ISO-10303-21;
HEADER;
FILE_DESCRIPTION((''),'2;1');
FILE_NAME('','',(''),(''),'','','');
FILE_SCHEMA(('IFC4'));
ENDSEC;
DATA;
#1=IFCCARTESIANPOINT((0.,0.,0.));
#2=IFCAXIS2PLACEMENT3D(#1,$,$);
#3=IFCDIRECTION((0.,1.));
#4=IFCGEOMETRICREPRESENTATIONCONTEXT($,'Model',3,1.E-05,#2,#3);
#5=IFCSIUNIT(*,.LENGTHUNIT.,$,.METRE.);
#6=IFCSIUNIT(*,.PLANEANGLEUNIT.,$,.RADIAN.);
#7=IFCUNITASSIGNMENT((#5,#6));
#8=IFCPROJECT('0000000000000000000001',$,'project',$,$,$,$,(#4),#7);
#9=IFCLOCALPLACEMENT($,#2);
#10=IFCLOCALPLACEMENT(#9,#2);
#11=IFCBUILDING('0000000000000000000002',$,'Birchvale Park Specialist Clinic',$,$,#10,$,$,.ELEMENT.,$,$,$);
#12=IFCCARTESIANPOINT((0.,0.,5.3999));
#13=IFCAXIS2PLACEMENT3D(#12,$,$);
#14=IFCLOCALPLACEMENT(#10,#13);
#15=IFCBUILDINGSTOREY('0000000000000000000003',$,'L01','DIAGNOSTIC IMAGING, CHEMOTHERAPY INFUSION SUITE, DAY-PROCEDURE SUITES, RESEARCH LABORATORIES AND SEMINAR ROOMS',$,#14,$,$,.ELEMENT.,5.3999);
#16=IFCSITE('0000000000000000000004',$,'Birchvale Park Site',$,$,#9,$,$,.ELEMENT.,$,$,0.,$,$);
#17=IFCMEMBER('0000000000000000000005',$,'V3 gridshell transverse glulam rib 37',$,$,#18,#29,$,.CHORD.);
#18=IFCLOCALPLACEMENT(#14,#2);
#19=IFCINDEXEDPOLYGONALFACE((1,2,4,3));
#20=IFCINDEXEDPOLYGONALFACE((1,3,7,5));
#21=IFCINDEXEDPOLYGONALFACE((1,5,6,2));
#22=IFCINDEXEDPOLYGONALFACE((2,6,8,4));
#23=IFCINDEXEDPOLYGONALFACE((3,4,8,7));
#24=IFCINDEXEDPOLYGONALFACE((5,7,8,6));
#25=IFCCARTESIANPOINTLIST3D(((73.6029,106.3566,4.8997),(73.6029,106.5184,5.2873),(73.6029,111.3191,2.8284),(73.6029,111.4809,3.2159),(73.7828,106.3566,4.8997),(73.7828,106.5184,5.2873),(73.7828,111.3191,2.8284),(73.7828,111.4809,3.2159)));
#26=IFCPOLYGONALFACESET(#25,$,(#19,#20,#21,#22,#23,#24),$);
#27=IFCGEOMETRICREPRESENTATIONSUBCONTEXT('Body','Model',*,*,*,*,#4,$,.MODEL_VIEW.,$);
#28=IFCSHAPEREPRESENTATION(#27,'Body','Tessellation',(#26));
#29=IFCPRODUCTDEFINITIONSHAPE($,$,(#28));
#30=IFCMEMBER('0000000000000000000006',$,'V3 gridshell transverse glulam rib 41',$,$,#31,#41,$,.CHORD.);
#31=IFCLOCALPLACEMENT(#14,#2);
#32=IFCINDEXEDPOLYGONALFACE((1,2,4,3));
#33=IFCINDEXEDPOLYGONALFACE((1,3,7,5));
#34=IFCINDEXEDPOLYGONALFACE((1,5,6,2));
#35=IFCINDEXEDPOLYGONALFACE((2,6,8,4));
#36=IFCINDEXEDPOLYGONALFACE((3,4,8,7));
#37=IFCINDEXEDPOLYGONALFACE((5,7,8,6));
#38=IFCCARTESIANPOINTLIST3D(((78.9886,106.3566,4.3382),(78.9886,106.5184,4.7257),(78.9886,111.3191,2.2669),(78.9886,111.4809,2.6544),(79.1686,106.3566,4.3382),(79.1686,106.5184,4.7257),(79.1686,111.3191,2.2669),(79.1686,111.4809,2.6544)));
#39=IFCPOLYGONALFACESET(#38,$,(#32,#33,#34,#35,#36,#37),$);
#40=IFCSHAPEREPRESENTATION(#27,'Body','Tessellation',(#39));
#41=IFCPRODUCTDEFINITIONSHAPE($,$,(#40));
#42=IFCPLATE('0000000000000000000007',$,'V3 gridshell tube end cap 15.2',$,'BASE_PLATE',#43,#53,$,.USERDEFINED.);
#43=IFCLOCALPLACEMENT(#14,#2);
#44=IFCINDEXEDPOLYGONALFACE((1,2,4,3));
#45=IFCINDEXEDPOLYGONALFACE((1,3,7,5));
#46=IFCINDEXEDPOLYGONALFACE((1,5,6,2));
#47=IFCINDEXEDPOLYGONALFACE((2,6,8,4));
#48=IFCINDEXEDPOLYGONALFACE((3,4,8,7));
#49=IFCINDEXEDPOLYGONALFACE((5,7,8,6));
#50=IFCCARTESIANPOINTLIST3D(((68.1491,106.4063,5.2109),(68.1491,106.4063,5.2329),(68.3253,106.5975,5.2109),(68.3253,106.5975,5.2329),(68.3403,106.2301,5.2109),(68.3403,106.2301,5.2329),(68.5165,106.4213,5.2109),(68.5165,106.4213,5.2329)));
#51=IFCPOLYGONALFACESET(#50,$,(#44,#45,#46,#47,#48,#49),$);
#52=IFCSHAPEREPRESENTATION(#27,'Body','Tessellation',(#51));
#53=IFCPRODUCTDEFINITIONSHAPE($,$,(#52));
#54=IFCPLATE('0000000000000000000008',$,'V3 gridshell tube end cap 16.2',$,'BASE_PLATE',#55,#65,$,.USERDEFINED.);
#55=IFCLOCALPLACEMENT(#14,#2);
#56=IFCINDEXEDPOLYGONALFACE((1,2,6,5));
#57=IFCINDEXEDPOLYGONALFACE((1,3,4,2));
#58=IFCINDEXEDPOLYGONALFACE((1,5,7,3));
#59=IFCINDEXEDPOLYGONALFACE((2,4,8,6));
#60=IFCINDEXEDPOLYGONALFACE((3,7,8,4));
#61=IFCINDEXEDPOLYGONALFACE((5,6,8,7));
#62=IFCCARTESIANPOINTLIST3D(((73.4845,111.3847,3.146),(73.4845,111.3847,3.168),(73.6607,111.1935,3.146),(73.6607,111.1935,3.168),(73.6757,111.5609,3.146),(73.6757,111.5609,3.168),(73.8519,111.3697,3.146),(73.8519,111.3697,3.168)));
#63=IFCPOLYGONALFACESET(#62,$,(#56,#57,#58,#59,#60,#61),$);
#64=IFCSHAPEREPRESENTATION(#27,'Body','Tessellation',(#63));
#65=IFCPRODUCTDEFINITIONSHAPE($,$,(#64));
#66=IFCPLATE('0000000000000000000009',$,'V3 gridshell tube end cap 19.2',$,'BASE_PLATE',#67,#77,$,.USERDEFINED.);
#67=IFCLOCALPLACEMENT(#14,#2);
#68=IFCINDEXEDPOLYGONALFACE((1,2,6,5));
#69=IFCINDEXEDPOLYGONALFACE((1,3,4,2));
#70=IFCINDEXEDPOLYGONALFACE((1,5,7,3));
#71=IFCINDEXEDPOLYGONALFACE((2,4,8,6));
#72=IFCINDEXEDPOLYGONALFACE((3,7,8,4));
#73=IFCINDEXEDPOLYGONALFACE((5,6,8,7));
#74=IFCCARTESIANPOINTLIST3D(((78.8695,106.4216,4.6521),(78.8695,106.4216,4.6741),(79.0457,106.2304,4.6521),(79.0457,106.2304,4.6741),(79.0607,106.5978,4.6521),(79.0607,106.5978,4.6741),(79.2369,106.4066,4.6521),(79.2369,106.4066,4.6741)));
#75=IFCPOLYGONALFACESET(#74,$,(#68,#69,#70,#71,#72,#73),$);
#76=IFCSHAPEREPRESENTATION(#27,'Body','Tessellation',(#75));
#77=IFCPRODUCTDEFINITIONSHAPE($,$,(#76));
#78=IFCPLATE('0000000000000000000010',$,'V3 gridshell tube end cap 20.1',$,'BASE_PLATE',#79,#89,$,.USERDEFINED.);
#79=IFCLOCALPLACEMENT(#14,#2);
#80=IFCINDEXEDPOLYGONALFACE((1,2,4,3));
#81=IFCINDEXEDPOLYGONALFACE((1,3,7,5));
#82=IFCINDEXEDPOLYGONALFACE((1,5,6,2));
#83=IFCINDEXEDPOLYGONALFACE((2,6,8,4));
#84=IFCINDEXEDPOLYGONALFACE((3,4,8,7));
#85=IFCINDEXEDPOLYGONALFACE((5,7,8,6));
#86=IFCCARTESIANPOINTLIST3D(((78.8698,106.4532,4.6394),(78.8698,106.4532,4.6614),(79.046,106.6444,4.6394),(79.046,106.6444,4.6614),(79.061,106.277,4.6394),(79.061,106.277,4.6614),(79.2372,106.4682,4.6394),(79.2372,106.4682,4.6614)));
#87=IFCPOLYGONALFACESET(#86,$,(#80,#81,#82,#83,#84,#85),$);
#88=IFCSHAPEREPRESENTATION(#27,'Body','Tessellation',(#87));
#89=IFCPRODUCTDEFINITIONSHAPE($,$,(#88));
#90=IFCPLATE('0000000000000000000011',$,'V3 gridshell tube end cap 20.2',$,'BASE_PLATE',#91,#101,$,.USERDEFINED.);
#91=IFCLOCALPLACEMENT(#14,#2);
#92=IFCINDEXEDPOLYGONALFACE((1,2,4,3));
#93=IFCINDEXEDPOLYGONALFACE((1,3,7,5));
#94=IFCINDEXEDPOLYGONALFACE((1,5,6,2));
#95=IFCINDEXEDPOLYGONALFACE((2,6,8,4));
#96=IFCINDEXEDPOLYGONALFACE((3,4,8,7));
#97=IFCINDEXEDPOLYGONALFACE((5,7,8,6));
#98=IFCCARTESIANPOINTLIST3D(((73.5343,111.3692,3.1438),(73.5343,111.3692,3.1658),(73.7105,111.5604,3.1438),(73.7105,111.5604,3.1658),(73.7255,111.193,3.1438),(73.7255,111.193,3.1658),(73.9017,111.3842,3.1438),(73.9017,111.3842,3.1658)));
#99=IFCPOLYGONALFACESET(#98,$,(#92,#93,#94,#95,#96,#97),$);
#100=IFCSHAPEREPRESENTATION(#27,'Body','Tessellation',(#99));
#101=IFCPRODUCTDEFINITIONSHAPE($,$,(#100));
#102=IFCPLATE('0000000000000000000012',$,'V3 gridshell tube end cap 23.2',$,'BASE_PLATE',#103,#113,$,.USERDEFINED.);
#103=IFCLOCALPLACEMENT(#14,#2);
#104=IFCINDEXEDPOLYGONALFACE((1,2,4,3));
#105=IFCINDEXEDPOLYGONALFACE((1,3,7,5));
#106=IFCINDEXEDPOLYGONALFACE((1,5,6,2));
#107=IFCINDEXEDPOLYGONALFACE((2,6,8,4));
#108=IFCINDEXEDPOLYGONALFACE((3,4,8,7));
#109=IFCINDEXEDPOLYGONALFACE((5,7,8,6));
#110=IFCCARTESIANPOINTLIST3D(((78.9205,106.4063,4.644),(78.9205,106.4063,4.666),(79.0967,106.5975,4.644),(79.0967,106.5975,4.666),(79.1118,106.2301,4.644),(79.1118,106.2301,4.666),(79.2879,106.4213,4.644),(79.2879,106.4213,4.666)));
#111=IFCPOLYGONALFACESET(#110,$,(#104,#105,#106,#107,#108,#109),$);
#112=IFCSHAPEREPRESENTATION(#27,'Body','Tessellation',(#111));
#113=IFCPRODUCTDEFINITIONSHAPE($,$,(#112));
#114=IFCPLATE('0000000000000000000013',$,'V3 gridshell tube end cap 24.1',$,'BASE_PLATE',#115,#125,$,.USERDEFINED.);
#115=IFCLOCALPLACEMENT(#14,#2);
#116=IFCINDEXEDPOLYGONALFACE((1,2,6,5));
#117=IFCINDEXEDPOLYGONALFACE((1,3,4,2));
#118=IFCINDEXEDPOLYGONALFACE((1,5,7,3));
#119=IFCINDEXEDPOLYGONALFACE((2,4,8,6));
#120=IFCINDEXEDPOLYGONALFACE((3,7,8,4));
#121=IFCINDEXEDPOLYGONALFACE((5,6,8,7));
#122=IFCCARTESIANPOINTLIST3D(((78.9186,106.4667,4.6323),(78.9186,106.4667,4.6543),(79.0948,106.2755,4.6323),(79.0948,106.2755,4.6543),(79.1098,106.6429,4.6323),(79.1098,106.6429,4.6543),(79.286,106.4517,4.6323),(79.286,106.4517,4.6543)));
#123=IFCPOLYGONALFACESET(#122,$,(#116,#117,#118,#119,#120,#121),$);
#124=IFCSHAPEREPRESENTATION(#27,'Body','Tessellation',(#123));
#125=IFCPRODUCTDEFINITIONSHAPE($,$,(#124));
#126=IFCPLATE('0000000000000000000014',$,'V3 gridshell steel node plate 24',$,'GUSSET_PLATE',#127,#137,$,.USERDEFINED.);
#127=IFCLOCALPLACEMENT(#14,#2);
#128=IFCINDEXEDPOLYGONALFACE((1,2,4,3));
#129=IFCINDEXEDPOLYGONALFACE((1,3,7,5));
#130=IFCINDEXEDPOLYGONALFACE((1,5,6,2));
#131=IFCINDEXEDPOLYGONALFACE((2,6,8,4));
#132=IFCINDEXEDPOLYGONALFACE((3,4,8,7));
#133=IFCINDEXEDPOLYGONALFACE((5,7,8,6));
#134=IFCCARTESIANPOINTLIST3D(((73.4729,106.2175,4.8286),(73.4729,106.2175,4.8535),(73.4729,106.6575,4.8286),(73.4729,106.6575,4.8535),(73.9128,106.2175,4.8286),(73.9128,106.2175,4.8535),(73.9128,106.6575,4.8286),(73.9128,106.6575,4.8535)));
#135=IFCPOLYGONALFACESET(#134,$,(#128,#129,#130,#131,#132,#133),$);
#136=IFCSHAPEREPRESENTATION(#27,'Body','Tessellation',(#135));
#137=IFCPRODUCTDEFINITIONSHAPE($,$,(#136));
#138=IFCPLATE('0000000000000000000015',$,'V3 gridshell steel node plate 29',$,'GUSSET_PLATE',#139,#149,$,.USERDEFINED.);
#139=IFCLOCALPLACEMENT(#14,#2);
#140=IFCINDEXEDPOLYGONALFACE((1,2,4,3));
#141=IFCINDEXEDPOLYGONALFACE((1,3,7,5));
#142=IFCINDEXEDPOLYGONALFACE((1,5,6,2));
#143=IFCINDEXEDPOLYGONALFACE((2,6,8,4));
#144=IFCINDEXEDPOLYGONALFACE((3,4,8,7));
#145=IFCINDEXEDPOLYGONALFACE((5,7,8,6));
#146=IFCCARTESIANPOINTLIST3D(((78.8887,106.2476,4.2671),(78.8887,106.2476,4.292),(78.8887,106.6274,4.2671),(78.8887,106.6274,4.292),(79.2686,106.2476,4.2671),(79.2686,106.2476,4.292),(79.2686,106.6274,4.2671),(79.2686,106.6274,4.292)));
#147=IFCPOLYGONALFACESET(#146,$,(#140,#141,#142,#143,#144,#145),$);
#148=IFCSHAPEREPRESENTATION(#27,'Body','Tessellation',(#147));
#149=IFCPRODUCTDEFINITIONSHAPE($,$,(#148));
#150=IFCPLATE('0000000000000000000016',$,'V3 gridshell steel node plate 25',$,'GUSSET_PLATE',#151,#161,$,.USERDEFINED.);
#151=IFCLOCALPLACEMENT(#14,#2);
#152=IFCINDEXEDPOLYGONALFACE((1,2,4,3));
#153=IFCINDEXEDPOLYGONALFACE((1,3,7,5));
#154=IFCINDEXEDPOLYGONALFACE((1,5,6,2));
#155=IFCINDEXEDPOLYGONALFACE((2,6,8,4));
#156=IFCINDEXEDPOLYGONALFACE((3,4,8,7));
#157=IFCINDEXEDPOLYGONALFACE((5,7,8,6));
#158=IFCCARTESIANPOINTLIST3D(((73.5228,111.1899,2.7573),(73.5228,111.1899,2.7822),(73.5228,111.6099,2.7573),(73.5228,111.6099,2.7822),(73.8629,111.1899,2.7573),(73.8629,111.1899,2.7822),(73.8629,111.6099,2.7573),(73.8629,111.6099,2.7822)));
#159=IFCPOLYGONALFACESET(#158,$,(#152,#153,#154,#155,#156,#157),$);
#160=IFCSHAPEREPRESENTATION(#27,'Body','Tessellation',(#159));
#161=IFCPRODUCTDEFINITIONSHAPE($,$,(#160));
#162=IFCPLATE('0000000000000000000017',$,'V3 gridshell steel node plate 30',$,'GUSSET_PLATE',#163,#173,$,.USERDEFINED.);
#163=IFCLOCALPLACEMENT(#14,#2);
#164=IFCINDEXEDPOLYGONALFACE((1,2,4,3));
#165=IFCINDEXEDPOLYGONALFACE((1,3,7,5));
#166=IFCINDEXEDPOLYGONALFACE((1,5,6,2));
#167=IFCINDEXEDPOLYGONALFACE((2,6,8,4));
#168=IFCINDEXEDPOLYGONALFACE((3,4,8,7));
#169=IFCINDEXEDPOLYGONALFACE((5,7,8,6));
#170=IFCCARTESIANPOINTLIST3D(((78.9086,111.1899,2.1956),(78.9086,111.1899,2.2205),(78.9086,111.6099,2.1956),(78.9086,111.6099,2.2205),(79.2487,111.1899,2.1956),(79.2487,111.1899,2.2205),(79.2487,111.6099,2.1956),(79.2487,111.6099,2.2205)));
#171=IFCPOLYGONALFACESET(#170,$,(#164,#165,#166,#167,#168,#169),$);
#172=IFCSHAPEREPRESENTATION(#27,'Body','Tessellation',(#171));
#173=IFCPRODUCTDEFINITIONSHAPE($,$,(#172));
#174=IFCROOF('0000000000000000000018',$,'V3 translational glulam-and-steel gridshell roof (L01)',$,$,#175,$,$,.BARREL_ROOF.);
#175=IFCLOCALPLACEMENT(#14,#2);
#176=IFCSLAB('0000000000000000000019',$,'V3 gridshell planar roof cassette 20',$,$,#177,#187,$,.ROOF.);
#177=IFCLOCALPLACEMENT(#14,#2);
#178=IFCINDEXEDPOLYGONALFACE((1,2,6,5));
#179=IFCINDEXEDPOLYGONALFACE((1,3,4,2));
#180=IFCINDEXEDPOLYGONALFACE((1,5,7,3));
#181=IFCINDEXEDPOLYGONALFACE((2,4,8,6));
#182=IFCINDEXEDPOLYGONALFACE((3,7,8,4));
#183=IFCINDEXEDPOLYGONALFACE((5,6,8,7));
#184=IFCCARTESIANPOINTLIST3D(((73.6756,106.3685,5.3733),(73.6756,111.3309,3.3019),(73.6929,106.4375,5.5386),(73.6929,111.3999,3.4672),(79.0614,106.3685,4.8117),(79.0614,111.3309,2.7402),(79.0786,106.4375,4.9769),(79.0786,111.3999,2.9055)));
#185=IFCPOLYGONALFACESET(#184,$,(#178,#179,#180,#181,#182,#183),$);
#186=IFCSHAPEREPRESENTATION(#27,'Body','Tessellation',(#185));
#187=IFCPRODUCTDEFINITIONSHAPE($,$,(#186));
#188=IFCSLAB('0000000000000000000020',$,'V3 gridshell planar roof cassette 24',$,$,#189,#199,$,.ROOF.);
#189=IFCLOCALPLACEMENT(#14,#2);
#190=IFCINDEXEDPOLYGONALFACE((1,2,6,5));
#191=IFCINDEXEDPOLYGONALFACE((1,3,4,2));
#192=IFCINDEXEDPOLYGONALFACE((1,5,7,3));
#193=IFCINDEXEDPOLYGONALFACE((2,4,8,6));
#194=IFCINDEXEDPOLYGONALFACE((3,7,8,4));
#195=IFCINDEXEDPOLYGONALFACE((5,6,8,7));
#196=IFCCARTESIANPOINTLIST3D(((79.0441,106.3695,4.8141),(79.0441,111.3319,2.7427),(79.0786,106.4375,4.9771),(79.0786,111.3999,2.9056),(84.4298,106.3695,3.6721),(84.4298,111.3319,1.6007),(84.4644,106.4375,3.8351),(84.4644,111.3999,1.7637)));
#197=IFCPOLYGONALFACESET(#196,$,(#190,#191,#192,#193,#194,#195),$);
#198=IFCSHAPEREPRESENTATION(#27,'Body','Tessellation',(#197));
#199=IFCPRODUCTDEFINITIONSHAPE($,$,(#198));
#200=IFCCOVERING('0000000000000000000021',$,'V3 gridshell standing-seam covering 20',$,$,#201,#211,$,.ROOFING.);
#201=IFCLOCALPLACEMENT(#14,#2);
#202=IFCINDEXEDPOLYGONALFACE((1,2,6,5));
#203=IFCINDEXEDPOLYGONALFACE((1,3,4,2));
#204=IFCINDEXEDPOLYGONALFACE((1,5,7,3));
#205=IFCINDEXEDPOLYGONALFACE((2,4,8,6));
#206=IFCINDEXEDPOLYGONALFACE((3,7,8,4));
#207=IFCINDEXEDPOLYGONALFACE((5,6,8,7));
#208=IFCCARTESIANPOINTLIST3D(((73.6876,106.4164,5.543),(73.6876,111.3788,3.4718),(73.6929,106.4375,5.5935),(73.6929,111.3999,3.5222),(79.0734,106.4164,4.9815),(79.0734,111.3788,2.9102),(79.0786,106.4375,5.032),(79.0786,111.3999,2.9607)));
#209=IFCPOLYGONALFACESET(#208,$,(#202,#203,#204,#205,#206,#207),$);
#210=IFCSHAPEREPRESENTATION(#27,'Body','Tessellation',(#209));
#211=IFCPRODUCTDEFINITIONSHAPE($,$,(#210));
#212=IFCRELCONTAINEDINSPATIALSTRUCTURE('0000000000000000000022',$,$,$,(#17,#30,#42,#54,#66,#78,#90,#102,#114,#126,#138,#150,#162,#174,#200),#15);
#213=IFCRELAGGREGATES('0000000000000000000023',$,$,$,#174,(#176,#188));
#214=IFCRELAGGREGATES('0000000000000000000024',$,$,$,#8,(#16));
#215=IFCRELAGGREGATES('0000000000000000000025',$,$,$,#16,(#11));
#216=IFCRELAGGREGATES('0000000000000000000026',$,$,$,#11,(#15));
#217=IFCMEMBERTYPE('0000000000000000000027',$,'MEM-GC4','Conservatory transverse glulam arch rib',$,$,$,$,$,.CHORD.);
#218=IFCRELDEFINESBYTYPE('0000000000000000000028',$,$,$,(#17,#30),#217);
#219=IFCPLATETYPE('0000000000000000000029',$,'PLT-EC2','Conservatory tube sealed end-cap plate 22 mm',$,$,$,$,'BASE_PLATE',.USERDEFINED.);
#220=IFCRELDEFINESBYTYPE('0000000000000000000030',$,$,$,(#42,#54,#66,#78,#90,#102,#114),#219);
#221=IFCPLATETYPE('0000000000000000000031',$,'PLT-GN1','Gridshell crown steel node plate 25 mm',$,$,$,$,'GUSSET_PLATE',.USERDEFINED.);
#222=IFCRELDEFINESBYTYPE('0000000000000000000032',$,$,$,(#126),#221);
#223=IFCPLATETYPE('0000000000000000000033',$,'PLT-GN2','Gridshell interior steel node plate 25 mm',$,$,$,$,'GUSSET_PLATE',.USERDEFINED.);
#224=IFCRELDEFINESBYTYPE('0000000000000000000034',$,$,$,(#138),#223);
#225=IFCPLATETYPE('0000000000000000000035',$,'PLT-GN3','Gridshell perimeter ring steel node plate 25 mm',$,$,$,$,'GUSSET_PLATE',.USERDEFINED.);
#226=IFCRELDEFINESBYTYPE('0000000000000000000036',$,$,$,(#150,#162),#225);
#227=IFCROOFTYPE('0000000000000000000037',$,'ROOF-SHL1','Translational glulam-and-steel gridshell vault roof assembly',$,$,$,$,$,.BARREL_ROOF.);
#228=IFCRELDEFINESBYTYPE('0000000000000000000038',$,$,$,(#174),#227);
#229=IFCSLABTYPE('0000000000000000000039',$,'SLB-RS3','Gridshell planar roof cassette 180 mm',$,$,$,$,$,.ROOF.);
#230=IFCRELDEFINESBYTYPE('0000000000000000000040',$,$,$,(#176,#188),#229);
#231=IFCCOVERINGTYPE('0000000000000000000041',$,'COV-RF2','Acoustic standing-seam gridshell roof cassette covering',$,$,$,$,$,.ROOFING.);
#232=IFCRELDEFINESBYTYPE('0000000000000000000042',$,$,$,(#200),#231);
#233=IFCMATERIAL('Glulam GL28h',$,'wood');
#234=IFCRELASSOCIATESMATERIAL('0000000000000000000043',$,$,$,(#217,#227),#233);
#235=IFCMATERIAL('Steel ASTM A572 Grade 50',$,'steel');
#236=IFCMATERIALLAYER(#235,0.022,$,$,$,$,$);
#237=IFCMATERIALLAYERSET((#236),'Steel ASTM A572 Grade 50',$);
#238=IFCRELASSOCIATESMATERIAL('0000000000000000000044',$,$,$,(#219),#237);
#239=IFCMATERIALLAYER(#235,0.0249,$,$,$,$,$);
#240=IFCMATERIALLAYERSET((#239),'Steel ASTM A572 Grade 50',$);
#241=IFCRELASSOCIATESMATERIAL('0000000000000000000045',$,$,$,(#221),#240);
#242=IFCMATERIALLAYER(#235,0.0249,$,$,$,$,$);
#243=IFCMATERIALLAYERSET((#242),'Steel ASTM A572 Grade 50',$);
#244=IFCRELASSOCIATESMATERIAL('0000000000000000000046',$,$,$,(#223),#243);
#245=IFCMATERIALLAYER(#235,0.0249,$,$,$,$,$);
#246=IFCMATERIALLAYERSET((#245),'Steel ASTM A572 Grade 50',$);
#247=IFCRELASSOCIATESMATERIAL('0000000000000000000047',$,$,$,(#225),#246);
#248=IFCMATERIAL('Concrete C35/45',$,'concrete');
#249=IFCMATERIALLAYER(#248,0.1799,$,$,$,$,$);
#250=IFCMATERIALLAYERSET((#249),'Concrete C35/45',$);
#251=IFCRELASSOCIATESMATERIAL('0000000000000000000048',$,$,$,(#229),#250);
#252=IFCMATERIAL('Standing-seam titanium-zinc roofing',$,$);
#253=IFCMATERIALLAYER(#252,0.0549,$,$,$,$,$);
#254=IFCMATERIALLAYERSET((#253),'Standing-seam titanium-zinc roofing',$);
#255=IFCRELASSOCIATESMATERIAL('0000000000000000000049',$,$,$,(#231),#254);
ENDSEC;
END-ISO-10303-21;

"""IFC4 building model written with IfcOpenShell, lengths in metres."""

from ifc_helpers import new_model, si_unit, direction, frame, origin, origin_2d, place, context, subcontext, project, spatial, polyline, rectangle, outline, extrude, material, layer, layer_set, material_profile, profile_set, type_object, element, aggregate, save


model = new_model("IFC4")

# Units and contexts
model_context = context("Model", 3, precision=1e-05, world=origin(), true_north=direction((0.0, 1.0)))
body_context = subcontext(model_context, "Body", "Model", "MODEL_VIEW")
ifc_project = project(units=[si_unit("LENGTHUNIT", "METRE"), si_unit("PLANEANGLEUNIT", "RADIAN")], contexts=[model_context])

# Site, building, storey
site_placement = place(None, origin())
site = spatial("IfcSite", under=ifc_project, at=site_placement, Name="Birchvale Park Site", CompositionType="ELEMENT", RefElevation=0.0)
building_placement = place(site_placement, origin())
building = spatial("IfcBuilding", under=site, at=building_placement, Name="Birchvale Park Specialist Clinic", CompositionType="ELEMENT")
storey_placement = place(building_placement, frame((0.0, 0.0, 5.3999)))
storey = spatial("IfcBuildingStorey", under=building, at=storey_placement, Name="L01", Description="DIAGNOSTIC IMAGING, CHEMOTHERAPY INFUSION SUITE, DAY-PROCEDURE SUITES, RESEARCH LABORATORIES AND SEMINAR ROOMS", CompositionType="ELEMENT", Elevation=5.3999)

# Members
ifc_material_1 = material(Name="Glulam GL28h", Category="wood")
ifc_material_profile_1 = material_profile(ifc_material_1, rectangle(XDim=0.1799, YDim=0.4199, at=origin_2d()), Name="GL-180x420")
ifc_profile_set_1 = profile_set([ifc_material_profile_1], Name="Glulam GL28h")
member_type_1 = type_object("IfcMemberType", Name="MEM-GC4", Description="Conservatory transverse glulam arch rib", PredefinedType="CHORD", material=ifc_profile_set_1)
for number, where, z_axis, x_axis, name in (
    (1, (73.6929, 106.4375, 5.0935), (0.0, 0.922838, -0.385189), (-1.0, 0.0, 0.0), "V3 gridshell transverse glulam rib 37"),
    (2, (79.0786, 106.4375, 4.532), (0.0, 0.922838, -0.385189), (-1.0, 0.0, 0.0), "V3 gridshell transverse glulam rib 41"),
):
    element("IfcMember", number, at=place(storey_placement, frame(where, z_axis=z_axis, x_axis=x_axis)), inside=storey, type_object=member_type_1, Name=name, PredefinedType="CHORD", context=body_context, shape_type="SweptSolid", body=[
        extrude(rectangle(XDim=0.1799, YDim=0.4199, at=origin_2d()), origin(), (0.0, 0.0, 1.0), 5.3774),
    ])

# Plates
ifc_material_2 = material(Name="Steel ASTM A572 Grade 50", Category="steel")
ifc_layer_1 = layer(ifc_material_2, 0.022)
ifc_layer_set_1 = layer_set([ifc_layer_1], Name="Steel ASTM A572 Grade 50")
plate_type_1 = type_object("IfcPlateType", Name="PLT-EC2", Description="Conservatory tube sealed end-cap plate 22 mm", ElementType="BASE_PLATE", PredefinedType="USERDEFINED", material=ifc_layer_set_1)
for number, where, z_axis, x_axis, name in (
    (3, (68.3328, 106.4138, 5.2109), (0.0, 0.0, 1.0), (-0.735388, 0.677646, 0.0), "V3 gridshell tube end cap 15.2"),
    (4, (73.6682, 111.3772, 3.146), (0.0, 0.0, 1.0), (0.735388, 0.677646, 0.0), "V3 gridshell tube end cap 16.2"),
    (5, (79.0532, 106.4141, 4.6521), (0.0, 0.0, 1.0), (0.735388, 0.677646, 0.0), "V3 gridshell tube end cap 19.2"),
    (6, (79.0535, 106.4607, 4.6394), (0.0, 0.0, 1.0), (-0.735388, 0.677646, 0.0), "V3 gridshell tube end cap 20.1"),
    (7, (73.718, 111.3767, 3.1438), (0.0, 0.0, 1.0), (-0.735388, 0.677646, 0.0), "V3 gridshell tube end cap 20.2"),
    (8, (79.1042, 106.4138, 4.644), (0.0, 0.0, 1.0), (-0.735388, 0.677646, 0.0), "V3 gridshell tube end cap 23.2"),
    (9, (79.1023, 106.4592, 4.6323), (0.0, 0.0, 1.0), (0.735388, 0.677646, 0.0), "V3 gridshell tube end cap 24.1"),
):
    element("IfcPlate", number, at=place(storey_placement, frame(where, z_axis=z_axis, x_axis=x_axis)), inside=storey, type_object=plate_type_1, Name=name, ObjectType="BASE_PLATE", PredefinedType="USERDEFINED", context=body_context, shape_type="SweptSolid", body=[
        extrude(rectangle(XDim=0.26, YDim=0.26, at=origin_2d()), origin(), (0.0, 0.0, 1.0), 0.022),
    ])
ifc_layer_2 = layer(ifc_material_2, 0.0249)
ifc_layer_set_2 = layer_set([ifc_layer_2], Name="Steel ASTM A572 Grade 50")
plate_type_2 = type_object("IfcPlateType", Name="PLT-GN1", Description="Gridshell crown steel node plate 25 mm", ElementType="GUSSET_PLATE", PredefinedType="USERDEFINED", material=ifc_layer_set_2)
plate_1_placement = place(storey_placement, frame((73.6929, 106.4375, 4.8286), z_axis=(0.0, 0.0, 1.0), x_axis=(1.0, 0.0, 0.0)))
element("IfcPlate", 10, at=plate_1_placement, inside=storey, type_object=plate_type_2, Name="V3 gridshell steel node plate 24", ObjectType="GUSSET_PLATE", PredefinedType="USERDEFINED", context=body_context, shape_type="SweptSolid", body=[
    extrude(rectangle(XDim=0.4399, YDim=0.4399, at=origin_2d()), origin(), (0.0, 0.0, 1.0), 0.0249),
])
ifc_layer_3 = layer(ifc_material_2, 0.0249)
ifc_layer_set_3 = layer_set([ifc_layer_3], Name="Steel ASTM A572 Grade 50")
plate_type_3 = type_object("IfcPlateType", Name="PLT-GN2", Description="Gridshell interior steel node plate 25 mm", ElementType="GUSSET_PLATE", PredefinedType="USERDEFINED", material=ifc_layer_set_3)
plate_2_placement = place(storey_placement, frame((79.0786, 106.4375, 4.2671), z_axis=(0.0, 0.0, 1.0), x_axis=(1.0, 0.0, 0.0)))
element("IfcPlate", 11, at=plate_2_placement, inside=storey, type_object=plate_type_3, Name="V3 gridshell steel node plate 29", ObjectType="GUSSET_PLATE", PredefinedType="USERDEFINED", context=body_context, shape_type="SweptSolid", body=[
    extrude(rectangle(XDim=0.3799, YDim=0.3799, at=origin_2d()), origin(), (0.0, 0.0, 1.0), 0.0249),
])
ifc_layer_4 = layer(ifc_material_2, 0.0249)
ifc_layer_set_4 = layer_set([ifc_layer_4], Name="Steel ASTM A572 Grade 50")
plate_type_4 = type_object("IfcPlateType", Name="PLT-GN3", Description="Gridshell perimeter ring steel node plate 25 mm", ElementType="GUSSET_PLATE", PredefinedType="USERDEFINED", material=ifc_layer_set_4)
for number, where, z_axis, x_axis, name in (
    (12, (73.6929, 111.3999, 2.7573), (0.0, 0.0, 1.0), (1.0, 0.0, 0.0), "V3 gridshell steel node plate 25"),
    (13, (79.0786, 111.3999, 2.1956), (0.0, 0.0, 1.0), (1.0, 0.0, 0.0), "V3 gridshell steel node plate 30"),
):
    element("IfcPlate", number, at=place(storey_placement, frame(where, z_axis=z_axis, x_axis=x_axis)), inside=storey, type_object=plate_type_4, Name=name, ObjectType="GUSSET_PLATE", PredefinedType="USERDEFINED", context=body_context, shape_type="SweptSolid", body=[
        extrude(rectangle(XDim=0.3401, YDim=0.4199, at=origin_2d()), origin(), (0.0, 0.0, 1.0), 0.0249),
    ])

# Roof, slabs
roof_type = type_object("IfcRoofType", Name="ROOF-SHL1", Description="Translational glulam-and-steel gridshell vault roof assembly", PredefinedType="BARREL_ROOF", material=ifc_material_1)
roof_placement = place(storey_placement, origin())
roof = element("IfcRoof", 14, at=roof_placement, inside=storey, type_object=roof_type, Name="V3 translational glulam-and-steel gridshell roof (L01)", PredefinedType="BARREL_ROOF")
ifc_material_3 = material(Name="Concrete C35/45", Category="concrete")
ifc_layer_5 = layer(ifc_material_3, 0.1799)
ifc_layer_set_5 = layer_set([ifc_layer_5], Name="Concrete C35/45")
slab_type = type_object("IfcSlabType", Name="SLB-RS3", Description="Gridshell planar roof cassette 180 mm", PredefinedType="ROOF", material=ifc_layer_set_5)
slab_1_placement = place(storey_placement, frame((73.6929, 106.4375, 5.5386), z_axis=(0.095794, 0.383437, 0.918586), x_axis=(0.994607, -0.000008, -0.103718)))
slab_1 = element("IfcSlab", 15, at=slab_1_placement, type_object=slab_type, Name="V3 gridshell planar roof cassette 20", PredefinedType="ROOF", context=body_context, shape_type="SweptSolid", body=[
    extrude(outline(polyline([(0.0, 0.0), (5.4149, 0.0), (5.6298, 5.3731), (0.2148, 5.373), (0.0, 0.0)])), origin(), (0.0, 0.0, -1.0), 0.1799),
])
slab_2_placement = place(storey_placement, frame((79.0786, 106.4375, 4.9771), z_axis=(0.192031, 0.378039, 0.905655), x_axis=(0.978251, 0.000008, -0.207427)))
slab_2 = element("IfcSlab", 16, at=slab_2_placement, type_object=slab_type, Name="V3 gridshell planar roof cassette 24", PredefinedType="ROOF", context=body_context, shape_type="SweptSolid", body=[
    extrude(outline(polyline([(0.0, 0.0), (5.5055, 0.0), (5.9352, 5.3601), (0.4297, 5.3602), (0.0, 0.0)])), origin(), (0.0, 0.0, -1.0), 0.1799),
])
aggregate(roof, [slab_1, slab_2])

# Covering
ifc_material_4 = material(Name="Standing-seam titanium-zinc roofing")
ifc_layer_6 = layer(ifc_material_4, 0.0549)
ifc_layer_set_6 = layer_set([ifc_layer_6], Name="Standing-seam titanium-zinc roofing")
covering_type = type_object("IfcCoveringType", Name="COV-RF2", Description="Acoustic standing-seam gridshell roof cassette covering", PredefinedType="ROOFING", material=ifc_layer_set_6)
covering_1_placement = place(storey_placement, frame((73.6929, 106.4375, 5.5935), z_axis=(0.095774, 0.383418, 0.918595), x_axis=(0.994609, 0.0, -0.103699)))
element("IfcCovering", 17, at=covering_1_placement, inside=storey, type_object=covering_type, Name="V3 gridshell standing-seam covering 20", PredefinedType="ROOFING", context=body_context, shape_type="SweptSolid", body=[
    extrude(outline(polyline([(0.0, 0.0), (5.4149, 0.0), (5.6297, 5.373), (0.2148, 5.373), (0.0, 0.0)])), origin(), (0.0, 0.0, -1.0), 0.0549),
])

save(model, "model.ifc")
